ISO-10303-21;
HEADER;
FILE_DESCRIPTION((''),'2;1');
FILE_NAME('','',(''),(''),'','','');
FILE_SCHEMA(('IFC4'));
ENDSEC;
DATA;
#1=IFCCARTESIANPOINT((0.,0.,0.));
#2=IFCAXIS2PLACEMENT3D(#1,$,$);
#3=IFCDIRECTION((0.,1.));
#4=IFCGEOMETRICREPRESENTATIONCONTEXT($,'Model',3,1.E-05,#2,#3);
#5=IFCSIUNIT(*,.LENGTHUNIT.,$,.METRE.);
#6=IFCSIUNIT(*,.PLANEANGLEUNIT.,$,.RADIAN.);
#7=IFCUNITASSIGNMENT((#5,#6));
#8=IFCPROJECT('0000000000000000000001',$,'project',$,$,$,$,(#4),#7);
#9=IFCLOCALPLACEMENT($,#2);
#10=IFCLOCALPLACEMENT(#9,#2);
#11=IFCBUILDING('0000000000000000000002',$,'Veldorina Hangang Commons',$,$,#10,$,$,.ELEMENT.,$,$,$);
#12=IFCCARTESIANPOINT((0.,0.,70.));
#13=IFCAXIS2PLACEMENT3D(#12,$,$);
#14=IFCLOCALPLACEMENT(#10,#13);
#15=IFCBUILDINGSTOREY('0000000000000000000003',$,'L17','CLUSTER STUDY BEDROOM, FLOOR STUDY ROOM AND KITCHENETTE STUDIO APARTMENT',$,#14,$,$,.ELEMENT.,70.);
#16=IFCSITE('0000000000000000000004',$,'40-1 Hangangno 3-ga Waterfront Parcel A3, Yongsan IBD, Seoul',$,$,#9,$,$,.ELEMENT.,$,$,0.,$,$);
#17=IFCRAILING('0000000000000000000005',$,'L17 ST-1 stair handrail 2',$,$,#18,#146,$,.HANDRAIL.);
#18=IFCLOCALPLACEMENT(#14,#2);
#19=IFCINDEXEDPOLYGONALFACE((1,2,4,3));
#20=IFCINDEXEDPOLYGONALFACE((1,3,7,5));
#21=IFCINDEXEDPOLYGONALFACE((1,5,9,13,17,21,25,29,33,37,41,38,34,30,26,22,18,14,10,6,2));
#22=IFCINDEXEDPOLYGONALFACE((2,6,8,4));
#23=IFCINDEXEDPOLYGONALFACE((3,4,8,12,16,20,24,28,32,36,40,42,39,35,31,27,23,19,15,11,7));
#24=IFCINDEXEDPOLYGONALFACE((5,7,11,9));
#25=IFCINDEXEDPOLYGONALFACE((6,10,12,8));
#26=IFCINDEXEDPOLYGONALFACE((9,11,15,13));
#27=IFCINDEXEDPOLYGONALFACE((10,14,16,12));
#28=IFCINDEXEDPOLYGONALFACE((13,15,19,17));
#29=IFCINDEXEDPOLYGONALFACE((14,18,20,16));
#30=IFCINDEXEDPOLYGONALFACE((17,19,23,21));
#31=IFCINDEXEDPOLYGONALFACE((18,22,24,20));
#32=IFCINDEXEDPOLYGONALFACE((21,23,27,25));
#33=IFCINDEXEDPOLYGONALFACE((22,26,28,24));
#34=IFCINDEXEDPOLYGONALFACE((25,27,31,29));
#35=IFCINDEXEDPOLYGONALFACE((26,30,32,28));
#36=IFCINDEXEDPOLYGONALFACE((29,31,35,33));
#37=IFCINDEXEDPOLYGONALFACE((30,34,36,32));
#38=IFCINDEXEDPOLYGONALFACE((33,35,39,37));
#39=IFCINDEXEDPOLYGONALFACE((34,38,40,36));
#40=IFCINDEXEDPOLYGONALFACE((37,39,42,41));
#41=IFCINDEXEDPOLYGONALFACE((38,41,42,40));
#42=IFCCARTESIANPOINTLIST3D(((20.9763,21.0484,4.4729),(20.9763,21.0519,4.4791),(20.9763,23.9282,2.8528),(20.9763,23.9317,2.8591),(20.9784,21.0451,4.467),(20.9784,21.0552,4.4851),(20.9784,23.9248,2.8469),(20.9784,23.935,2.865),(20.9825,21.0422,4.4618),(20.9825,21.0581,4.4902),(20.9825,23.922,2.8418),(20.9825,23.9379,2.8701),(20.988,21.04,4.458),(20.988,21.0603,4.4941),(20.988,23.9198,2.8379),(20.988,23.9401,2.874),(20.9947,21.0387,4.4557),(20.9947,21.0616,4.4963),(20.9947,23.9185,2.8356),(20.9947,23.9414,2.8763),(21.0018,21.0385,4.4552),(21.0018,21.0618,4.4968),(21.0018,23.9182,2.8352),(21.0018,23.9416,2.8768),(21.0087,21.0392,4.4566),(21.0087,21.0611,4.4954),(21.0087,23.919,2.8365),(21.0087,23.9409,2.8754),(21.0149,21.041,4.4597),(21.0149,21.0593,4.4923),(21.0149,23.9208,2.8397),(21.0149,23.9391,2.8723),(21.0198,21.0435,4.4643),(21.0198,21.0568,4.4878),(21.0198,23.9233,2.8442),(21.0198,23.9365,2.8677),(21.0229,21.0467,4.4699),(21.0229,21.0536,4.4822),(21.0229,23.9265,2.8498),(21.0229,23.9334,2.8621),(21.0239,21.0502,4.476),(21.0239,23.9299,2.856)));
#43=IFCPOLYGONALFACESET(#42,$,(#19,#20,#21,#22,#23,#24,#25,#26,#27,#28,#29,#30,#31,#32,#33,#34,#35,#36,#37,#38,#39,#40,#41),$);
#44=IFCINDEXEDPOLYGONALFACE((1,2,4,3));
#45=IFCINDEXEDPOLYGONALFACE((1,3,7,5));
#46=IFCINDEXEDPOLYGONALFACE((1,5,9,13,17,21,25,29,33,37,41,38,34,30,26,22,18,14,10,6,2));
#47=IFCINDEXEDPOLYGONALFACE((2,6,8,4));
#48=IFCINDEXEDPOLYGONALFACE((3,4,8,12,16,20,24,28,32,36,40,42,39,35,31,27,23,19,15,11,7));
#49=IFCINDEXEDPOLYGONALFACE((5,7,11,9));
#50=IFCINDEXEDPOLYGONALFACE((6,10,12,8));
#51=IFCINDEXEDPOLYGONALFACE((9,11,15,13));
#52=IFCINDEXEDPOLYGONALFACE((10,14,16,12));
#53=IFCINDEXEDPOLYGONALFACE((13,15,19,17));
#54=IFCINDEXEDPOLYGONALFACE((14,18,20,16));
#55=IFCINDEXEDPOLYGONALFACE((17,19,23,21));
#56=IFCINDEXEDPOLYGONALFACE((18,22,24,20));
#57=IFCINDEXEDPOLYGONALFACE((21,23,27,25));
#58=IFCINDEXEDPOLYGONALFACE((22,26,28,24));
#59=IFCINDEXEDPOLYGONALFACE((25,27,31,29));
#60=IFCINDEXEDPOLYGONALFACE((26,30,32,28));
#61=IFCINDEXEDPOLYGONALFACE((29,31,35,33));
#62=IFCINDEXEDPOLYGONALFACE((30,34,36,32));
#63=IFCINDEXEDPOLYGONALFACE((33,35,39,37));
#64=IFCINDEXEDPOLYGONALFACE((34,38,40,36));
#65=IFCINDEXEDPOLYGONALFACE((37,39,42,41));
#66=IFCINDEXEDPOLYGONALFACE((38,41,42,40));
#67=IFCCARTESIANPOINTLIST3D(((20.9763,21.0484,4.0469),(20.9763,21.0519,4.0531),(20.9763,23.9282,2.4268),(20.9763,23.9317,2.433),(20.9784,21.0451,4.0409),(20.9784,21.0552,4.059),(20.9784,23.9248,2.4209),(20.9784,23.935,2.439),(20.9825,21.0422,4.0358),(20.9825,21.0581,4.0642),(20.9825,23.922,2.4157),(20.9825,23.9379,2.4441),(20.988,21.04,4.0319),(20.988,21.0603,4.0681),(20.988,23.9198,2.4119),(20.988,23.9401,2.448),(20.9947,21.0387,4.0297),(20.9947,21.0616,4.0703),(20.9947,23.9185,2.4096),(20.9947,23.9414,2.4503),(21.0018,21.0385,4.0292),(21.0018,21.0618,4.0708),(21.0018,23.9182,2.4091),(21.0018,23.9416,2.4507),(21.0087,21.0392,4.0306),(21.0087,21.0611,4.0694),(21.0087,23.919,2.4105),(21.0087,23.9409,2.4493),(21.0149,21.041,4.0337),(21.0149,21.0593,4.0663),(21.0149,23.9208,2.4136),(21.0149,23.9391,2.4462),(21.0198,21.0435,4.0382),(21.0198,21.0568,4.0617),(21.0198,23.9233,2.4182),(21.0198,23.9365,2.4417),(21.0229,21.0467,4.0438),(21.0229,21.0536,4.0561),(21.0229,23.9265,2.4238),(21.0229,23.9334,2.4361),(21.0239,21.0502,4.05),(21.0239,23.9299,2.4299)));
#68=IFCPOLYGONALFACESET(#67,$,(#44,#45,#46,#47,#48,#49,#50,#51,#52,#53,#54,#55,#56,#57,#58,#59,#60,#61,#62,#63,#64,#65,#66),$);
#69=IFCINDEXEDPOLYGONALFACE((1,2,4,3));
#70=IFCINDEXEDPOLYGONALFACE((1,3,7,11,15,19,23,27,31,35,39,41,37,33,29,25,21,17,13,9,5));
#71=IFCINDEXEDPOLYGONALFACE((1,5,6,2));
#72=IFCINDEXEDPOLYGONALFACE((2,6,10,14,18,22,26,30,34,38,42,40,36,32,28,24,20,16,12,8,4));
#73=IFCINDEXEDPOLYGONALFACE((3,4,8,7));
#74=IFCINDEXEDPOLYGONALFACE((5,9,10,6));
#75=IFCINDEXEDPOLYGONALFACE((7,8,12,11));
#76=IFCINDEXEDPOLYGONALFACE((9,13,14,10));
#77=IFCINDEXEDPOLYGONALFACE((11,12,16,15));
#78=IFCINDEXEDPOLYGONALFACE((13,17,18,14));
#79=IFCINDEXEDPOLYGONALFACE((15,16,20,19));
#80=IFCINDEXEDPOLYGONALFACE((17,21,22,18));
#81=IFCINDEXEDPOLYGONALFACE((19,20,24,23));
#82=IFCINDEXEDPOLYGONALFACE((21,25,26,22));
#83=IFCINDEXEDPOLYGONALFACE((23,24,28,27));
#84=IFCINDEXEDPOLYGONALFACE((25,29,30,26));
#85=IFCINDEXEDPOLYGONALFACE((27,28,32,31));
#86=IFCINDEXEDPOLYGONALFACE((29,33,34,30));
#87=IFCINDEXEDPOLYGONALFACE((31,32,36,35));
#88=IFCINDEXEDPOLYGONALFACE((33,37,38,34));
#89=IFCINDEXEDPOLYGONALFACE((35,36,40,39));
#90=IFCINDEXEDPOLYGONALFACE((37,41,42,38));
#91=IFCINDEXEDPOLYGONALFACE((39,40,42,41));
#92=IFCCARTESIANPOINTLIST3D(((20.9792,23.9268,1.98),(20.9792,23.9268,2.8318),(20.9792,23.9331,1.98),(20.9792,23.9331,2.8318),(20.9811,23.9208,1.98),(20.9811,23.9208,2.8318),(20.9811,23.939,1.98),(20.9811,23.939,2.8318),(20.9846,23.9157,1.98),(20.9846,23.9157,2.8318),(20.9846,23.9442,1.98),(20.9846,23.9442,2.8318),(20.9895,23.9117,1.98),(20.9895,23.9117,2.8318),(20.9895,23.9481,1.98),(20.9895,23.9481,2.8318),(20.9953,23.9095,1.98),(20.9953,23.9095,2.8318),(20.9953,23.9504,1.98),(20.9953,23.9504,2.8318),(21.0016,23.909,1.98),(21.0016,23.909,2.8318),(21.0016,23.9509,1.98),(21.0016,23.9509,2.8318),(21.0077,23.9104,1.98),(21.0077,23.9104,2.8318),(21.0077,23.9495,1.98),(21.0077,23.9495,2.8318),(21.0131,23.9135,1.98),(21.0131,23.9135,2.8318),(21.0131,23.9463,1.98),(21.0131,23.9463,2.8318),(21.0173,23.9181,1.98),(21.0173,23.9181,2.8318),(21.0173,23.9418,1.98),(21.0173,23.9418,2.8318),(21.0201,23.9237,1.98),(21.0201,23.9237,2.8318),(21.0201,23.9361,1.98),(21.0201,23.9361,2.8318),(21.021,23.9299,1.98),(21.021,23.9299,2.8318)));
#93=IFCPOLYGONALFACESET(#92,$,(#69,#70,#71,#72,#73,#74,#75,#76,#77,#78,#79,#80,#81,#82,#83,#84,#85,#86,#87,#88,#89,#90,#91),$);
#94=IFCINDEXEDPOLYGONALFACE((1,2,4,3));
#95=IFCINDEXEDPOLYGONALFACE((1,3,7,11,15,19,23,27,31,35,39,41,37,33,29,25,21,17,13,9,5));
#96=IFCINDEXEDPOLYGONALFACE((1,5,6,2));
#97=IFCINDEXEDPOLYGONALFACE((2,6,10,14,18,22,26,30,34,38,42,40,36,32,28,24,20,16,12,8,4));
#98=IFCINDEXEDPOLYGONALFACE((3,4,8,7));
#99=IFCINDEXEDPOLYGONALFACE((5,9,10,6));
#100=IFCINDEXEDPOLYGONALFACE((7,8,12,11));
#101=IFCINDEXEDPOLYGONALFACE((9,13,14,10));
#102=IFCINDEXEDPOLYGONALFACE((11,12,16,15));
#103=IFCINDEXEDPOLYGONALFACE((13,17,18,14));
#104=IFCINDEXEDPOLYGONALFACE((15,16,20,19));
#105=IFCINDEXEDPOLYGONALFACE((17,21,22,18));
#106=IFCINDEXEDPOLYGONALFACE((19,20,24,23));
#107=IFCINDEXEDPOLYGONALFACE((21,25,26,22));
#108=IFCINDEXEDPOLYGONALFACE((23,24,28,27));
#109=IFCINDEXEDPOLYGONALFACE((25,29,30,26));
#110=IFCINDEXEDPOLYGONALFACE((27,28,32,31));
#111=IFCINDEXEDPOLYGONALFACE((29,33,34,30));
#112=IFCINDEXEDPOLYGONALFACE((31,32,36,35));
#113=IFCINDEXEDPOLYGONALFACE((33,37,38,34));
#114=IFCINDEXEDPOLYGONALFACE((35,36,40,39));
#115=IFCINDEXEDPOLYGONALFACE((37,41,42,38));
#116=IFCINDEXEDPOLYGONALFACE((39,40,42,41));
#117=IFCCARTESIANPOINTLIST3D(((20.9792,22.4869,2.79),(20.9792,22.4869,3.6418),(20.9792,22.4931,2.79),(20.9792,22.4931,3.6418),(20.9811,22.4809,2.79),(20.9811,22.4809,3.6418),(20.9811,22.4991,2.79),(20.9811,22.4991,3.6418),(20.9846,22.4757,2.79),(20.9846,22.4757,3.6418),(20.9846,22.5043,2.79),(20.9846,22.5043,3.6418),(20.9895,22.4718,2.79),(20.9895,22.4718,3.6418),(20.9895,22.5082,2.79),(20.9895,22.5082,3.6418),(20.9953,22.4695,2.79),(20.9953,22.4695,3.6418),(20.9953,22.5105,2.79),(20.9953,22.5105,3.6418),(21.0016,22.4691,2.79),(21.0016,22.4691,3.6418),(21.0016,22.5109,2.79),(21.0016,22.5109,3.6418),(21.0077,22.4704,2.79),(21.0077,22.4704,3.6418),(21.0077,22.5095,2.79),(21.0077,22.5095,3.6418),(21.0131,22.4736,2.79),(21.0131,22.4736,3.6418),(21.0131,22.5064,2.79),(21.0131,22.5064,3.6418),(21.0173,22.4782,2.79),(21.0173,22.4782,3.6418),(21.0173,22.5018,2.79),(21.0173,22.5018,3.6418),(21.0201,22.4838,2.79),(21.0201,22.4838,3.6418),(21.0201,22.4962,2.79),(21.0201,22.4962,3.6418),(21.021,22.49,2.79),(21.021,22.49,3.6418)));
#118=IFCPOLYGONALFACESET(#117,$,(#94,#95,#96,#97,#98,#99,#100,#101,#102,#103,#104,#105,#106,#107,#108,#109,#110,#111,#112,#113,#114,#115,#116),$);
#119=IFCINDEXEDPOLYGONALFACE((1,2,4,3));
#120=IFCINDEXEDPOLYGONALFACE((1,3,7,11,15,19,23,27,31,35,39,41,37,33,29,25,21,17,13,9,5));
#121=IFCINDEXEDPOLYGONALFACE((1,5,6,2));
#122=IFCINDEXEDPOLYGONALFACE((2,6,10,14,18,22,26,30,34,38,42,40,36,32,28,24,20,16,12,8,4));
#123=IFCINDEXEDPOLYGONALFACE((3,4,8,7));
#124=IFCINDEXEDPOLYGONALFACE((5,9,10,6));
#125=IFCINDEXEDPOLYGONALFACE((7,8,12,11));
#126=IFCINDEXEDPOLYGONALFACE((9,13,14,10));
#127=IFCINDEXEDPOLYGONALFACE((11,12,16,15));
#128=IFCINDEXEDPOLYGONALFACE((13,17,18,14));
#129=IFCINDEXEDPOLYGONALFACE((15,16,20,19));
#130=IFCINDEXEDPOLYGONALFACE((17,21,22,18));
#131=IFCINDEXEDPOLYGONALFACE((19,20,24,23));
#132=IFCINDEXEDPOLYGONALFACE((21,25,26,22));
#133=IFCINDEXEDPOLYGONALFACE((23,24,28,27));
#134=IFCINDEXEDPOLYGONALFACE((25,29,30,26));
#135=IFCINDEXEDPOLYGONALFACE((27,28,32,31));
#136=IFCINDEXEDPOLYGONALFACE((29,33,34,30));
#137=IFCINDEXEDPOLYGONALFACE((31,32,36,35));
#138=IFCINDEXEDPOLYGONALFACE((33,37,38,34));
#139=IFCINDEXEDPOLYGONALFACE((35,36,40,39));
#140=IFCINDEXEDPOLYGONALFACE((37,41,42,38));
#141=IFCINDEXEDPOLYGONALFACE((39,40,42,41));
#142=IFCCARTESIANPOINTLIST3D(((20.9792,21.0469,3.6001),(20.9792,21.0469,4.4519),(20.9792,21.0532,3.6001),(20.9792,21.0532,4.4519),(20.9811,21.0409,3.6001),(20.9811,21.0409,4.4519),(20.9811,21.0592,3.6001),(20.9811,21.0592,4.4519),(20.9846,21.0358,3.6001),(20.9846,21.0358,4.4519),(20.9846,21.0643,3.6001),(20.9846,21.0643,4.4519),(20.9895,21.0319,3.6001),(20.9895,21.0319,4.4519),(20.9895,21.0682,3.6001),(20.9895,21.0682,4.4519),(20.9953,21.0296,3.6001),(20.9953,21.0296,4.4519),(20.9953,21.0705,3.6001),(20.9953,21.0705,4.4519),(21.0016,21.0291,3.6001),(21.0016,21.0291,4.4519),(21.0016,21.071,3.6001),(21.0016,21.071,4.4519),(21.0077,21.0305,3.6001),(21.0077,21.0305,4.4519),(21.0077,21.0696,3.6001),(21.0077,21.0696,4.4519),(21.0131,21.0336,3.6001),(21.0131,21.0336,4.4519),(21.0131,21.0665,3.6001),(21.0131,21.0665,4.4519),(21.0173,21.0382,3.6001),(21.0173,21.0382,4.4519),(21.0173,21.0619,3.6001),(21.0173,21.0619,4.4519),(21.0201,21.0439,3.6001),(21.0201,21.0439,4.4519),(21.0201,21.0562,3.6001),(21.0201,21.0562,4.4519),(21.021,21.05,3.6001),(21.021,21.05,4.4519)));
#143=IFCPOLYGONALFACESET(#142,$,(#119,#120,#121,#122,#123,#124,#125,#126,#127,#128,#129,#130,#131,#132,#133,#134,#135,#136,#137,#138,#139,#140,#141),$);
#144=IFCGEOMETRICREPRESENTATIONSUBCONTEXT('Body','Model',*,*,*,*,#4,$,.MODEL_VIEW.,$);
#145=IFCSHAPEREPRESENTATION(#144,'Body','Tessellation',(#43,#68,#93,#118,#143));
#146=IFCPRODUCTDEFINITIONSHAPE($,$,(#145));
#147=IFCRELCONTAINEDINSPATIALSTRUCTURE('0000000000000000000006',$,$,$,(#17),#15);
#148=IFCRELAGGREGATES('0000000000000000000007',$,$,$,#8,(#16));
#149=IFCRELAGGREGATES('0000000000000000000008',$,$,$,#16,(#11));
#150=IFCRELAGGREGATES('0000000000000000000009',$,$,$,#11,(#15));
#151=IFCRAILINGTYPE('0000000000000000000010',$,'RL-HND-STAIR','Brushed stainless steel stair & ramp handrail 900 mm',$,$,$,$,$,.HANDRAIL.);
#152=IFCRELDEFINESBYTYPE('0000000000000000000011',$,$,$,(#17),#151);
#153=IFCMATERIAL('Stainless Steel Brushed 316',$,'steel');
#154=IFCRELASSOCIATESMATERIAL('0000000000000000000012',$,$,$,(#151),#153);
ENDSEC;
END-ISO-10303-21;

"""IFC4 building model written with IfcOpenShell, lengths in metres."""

from ifc_helpers import new_model, si_unit, direction, frame, origin, origin_2d, place, context, subcontext, project, spatial, circle, extrude, material, type_object, element, save


model = new_model("IFC4")

# Units and contexts
model_context = context("Model", 3, precision=1e-05, world=origin(), true_north=direction((0.0, 1.0)))
body_context = subcontext(model_context, "Body", "Model", "MODEL_VIEW")
ifc_project = project(units=[si_unit("LENGTHUNIT", "METRE"), si_unit("PLANEANGLEUNIT", "RADIAN")], contexts=[model_context])

# Site, building, storey
site_placement = place(None, origin())
site = spatial("IfcSite", under=ifc_project, at=site_placement, Name="40-1 Hangangno 3-ga Waterfront Parcel A3, Yongsan IBD, Seoul", CompositionType="ELEMENT", RefElevation=0.0)
building_placement = place(site_placement, origin())
building = spatial("IfcBuilding", under=site, at=building_placement, Name="Veldorina Hangang Commons", CompositionType="ELEMENT")
storey_placement = place(building_placement, frame((0.0, 0.0, 70.0)))
storey = spatial("IfcBuildingStorey", under=building, at=storey_placement, Name="L17", Description="CLUSTER STUDY BEDROOM, FLOOR STUDY ROOM AND KITCHENETTE STUDIO APARTMENT", CompositionType="ELEMENT", Elevation=70.0)

# Railing
ifc_material_1 = material(Name="Stainless Steel Brushed 316", Category="steel")
railing_type_1 = type_object("IfcRailingType", Name="RL-HND-STAIR", Description="Brushed stainless steel stair & ramp handrail 900 mm", PredefinedType="HANDRAIL", material=ifc_material_1)
railing_1_placement = place(storey_placement, frame((21.0, 23.9299, 1.98)))
element("IfcRailing", 1, at=railing_1_placement, inside=storey, type_object=railing_type_1, Name="L17 ST-1 stair handrail 2", PredefinedType="HANDRAIL", context=body_context, shape_type="SweptSolid", body=[
    extrude(circle(Radius=0.0239, at=origin_2d()), frame((0.0, 0.0, 0.876), z_axis=(0.0, -0.871552, 0.490303), x_axis=(1.0, 0.0, 0.0)), (0.0, 0.0, 1.0), 3.3042),
    extrude(circle(Radius=0.0239, at=origin_2d()), frame((0.0, 0.0, 0.45), z_axis=(0.0, -0.871552, 0.490303), x_axis=(1.0, 0.0, 0.0)), (0.0, 0.0, 1.0), 3.3042),
    extrude(circle(Radius=0.021, at=origin_2d()), origin(), (0.0, 0.0, 1.0), 0.8518),
    extrude(circle(Radius=0.021, at=origin_2d()), frame((0.0, -1.4399, 0.8101)), (0.0, 0.0, 1.0), 0.8518),
    extrude(circle(Radius=0.021, at=origin_2d()), frame((0.0, -2.8799, 1.6201)), (0.0, 0.0, 1.0), 0.8518),
])

save(model, "model.ifc")
